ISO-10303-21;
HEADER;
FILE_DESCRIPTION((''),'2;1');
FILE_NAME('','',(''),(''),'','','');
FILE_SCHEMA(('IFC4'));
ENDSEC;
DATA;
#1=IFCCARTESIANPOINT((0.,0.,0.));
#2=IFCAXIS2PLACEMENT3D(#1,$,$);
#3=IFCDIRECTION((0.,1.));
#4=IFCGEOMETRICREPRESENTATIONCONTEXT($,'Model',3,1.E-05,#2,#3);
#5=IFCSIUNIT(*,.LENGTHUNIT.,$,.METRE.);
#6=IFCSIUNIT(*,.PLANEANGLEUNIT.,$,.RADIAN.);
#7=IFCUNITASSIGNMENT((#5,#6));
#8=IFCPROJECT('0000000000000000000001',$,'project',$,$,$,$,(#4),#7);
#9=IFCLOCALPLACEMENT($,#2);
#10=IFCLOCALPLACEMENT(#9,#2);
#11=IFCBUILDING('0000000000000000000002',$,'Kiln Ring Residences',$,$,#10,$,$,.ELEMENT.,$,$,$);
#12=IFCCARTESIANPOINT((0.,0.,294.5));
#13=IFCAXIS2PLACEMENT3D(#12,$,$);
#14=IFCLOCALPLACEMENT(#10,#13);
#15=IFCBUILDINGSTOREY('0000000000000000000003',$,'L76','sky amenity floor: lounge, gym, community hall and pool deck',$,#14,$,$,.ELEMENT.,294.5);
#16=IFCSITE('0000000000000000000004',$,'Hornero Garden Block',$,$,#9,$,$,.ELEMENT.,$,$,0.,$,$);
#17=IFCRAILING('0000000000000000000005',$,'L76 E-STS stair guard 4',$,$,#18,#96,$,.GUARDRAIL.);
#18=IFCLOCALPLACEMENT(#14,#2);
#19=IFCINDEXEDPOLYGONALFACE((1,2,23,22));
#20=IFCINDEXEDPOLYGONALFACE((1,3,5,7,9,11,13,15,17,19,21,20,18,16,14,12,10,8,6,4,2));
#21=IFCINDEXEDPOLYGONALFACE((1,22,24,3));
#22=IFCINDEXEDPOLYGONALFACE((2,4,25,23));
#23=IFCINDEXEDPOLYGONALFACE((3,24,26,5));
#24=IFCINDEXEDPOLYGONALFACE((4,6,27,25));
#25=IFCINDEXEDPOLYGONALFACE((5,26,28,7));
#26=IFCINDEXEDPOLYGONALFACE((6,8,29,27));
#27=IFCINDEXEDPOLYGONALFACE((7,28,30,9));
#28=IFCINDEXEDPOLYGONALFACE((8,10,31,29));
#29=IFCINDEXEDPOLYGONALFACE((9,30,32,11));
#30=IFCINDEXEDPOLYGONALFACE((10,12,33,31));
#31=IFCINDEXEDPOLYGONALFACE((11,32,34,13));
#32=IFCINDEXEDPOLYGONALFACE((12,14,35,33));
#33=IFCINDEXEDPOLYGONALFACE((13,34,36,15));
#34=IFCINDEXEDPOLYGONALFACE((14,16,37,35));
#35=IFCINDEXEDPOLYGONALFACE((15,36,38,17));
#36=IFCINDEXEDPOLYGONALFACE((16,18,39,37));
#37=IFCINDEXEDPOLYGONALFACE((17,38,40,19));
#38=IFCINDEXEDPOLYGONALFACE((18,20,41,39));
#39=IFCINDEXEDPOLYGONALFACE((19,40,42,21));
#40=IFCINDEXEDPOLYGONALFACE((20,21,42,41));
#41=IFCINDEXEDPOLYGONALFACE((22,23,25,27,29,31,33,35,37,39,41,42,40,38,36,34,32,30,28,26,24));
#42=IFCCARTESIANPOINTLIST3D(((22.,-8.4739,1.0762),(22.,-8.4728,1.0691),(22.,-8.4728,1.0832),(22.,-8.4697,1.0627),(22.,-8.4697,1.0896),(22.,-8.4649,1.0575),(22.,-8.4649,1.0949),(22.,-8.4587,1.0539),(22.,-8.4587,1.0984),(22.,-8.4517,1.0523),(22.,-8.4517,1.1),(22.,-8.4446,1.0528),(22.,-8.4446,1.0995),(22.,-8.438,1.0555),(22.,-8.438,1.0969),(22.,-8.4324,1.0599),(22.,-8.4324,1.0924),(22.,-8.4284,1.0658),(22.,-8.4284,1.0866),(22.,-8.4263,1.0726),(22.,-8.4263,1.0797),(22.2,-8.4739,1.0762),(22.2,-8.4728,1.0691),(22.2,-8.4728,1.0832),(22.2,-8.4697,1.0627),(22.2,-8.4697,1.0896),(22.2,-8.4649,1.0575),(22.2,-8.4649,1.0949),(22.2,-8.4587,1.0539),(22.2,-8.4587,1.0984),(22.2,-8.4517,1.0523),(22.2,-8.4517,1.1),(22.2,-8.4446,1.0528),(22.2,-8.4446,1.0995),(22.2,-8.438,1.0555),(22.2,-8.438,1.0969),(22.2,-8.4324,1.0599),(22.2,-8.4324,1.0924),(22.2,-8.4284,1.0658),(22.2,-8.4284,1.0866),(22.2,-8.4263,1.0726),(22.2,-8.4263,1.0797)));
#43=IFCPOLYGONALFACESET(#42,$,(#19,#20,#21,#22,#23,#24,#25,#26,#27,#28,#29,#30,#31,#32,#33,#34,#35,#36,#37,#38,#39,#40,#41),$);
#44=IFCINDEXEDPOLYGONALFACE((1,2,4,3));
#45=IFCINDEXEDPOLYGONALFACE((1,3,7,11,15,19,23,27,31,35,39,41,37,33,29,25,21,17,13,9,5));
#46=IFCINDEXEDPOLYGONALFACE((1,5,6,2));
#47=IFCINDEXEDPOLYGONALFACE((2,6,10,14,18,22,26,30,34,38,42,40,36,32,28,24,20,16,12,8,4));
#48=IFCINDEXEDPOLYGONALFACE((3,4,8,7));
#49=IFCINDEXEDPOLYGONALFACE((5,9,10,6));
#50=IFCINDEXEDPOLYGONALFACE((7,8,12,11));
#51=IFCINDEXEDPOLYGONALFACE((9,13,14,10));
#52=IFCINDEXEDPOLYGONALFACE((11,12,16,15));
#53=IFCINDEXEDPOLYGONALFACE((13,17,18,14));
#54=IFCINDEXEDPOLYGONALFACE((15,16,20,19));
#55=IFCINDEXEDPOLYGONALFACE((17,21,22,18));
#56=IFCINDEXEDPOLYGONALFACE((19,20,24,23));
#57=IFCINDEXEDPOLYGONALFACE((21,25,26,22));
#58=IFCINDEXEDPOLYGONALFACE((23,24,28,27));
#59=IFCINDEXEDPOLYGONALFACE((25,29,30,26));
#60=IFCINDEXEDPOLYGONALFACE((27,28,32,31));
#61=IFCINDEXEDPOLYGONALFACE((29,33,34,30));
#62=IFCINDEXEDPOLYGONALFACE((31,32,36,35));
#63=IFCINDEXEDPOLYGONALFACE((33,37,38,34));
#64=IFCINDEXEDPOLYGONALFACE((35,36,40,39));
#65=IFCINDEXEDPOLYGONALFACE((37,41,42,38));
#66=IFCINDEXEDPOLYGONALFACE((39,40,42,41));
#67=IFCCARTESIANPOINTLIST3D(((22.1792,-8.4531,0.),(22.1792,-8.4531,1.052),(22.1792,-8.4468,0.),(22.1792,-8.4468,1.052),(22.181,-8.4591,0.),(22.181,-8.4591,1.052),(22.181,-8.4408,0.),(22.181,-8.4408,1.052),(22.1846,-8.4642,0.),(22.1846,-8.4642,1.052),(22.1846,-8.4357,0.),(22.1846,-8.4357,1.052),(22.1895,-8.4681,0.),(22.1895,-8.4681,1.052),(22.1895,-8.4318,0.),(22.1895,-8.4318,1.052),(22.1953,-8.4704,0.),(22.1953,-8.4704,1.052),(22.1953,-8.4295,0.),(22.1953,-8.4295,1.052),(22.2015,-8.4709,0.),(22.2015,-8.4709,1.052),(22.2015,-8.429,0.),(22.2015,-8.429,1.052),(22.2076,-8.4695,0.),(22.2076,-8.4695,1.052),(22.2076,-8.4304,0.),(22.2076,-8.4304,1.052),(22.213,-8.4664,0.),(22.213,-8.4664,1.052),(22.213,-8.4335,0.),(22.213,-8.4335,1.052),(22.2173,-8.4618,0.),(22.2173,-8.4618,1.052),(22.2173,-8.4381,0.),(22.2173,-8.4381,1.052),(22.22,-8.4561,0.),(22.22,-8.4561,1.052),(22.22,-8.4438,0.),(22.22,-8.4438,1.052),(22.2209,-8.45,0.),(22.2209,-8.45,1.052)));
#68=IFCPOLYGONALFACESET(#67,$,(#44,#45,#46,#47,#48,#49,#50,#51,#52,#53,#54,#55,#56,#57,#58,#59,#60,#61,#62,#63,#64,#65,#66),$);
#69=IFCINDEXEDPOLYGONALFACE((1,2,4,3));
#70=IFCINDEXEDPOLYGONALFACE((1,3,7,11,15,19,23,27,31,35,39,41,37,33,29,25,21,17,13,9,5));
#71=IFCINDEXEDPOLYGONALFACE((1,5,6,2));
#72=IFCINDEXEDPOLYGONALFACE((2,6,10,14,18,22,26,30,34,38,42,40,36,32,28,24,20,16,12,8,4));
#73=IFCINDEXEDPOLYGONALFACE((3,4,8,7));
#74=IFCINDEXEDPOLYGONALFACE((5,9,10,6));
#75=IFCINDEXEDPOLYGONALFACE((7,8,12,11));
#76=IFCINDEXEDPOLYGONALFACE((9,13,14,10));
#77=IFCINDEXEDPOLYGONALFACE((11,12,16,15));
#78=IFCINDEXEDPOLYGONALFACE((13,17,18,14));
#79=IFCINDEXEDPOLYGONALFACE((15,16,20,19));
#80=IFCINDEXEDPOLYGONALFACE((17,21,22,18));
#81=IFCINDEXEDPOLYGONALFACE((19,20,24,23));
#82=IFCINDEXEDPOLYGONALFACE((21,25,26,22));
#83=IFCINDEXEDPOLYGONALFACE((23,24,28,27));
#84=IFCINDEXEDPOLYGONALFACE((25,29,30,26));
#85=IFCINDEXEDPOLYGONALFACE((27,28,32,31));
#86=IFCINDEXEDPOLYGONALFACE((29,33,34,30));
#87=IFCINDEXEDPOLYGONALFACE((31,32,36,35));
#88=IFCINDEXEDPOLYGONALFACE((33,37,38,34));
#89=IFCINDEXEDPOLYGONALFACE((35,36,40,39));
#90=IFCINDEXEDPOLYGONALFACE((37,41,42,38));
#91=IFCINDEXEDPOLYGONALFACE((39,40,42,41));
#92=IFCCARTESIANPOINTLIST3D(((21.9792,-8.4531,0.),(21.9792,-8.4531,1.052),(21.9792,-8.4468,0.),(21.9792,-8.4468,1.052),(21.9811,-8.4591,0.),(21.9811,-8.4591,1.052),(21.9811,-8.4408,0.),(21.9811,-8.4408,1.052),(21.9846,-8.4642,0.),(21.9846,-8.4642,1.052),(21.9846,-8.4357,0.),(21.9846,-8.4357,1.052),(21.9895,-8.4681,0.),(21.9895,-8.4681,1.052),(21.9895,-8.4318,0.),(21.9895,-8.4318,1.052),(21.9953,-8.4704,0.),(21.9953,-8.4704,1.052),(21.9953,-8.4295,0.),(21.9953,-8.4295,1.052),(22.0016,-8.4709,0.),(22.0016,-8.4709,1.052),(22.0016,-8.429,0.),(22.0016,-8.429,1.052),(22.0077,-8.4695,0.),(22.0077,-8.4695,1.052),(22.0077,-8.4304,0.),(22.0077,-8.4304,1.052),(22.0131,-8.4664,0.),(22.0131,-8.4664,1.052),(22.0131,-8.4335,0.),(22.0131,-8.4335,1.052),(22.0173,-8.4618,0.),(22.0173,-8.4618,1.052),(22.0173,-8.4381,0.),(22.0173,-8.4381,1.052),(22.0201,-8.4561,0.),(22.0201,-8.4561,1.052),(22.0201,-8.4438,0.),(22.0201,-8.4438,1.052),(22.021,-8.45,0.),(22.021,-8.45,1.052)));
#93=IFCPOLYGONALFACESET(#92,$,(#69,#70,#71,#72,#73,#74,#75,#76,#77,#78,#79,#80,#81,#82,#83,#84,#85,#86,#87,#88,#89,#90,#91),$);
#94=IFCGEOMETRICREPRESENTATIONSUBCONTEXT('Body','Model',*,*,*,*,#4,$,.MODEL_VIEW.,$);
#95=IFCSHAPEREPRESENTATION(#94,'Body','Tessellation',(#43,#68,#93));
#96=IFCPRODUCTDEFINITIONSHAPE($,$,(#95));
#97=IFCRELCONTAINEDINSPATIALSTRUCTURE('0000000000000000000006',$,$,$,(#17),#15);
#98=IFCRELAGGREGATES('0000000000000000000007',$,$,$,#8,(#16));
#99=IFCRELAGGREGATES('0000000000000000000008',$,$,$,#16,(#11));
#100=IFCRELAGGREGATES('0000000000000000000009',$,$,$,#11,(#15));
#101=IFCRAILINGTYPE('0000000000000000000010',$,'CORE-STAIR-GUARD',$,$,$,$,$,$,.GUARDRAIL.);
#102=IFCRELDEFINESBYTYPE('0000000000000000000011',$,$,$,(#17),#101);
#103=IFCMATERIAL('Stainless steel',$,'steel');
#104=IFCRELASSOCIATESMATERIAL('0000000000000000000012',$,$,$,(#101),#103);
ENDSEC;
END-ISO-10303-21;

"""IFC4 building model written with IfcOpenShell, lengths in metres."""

from ifc_helpers import new_model, si_unit, direction, frame, origin, origin_2d, place, context, subcontext, project, spatial, circle, extrude, material, type_object, element, save


model = new_model("IFC4")

# Units and contexts
model_context = context("Model", 3, precision=1e-05, world=origin(), true_north=direction((0.0, 1.0)))
body_context = subcontext(model_context, "Body", "Model", "MODEL_VIEW")
ifc_project = project(units=[si_unit("LENGTHUNIT", "METRE"), si_unit("PLANEANGLEUNIT", "RADIAN")], contexts=[model_context])

# Site, building, storey
site_placement = place(None, origin())
site = spatial("IfcSite", under=ifc_project, at=site_placement, Name="Hornero Garden Block", CompositionType="ELEMENT", RefElevation=0.0)
building_placement = place(site_placement, origin())
building = spatial("IfcBuilding", under=site, at=building_placement, Name="Kiln Ring Residences", CompositionType="ELEMENT")
storey_placement = place(building_placement, frame((0.0, 0.0, 294.5)))
storey = spatial("IfcBuildingStorey", under=building, at=storey_placement, Name="L76", Description="sky amenity floor: lounge, gym, community hall and pool deck", CompositionType="ELEMENT", Elevation=294.5)

# Railing
ifc_material_1 = material(Name="Stainless steel", Category="steel")
railing_type_1 = type_object("IfcRailingType", Name="CORE-STAIR-GUARD", PredefinedType="GUARDRAIL", material=ifc_material_1)
railing_1_placement = place(storey_placement, frame((22.2, -8.45, 0.0)))
element("IfcRailing", 1, at=railing_1_placement, inside=storey, type_object=railing_type_1, Name="L76 E-STS stair guard 4", PredefinedType="GUARDRAIL", context=body_context, shape_type="SweptSolid", body=[
    extrude(circle(Radius=0.0239, at=origin_2d()), frame((0.0, 0.0, 1.0762), z_axis=(-1.0, 0.0, 0.0), x_axis=(0.0, -1.0, 0.0)), (0.0, 0.0, 1.0), 0.2),
    extrude(circle(Radius=0.021, at=origin_2d()), origin(), (0.0, 0.0, 1.0), 1.052),
    extrude(circle(Radius=0.021, at=origin_2d()), frame((-0.2, 0.0, 0.0)), (0.0, 0.0, 1.0), 1.052),
])

save(model, "model.ifc")
